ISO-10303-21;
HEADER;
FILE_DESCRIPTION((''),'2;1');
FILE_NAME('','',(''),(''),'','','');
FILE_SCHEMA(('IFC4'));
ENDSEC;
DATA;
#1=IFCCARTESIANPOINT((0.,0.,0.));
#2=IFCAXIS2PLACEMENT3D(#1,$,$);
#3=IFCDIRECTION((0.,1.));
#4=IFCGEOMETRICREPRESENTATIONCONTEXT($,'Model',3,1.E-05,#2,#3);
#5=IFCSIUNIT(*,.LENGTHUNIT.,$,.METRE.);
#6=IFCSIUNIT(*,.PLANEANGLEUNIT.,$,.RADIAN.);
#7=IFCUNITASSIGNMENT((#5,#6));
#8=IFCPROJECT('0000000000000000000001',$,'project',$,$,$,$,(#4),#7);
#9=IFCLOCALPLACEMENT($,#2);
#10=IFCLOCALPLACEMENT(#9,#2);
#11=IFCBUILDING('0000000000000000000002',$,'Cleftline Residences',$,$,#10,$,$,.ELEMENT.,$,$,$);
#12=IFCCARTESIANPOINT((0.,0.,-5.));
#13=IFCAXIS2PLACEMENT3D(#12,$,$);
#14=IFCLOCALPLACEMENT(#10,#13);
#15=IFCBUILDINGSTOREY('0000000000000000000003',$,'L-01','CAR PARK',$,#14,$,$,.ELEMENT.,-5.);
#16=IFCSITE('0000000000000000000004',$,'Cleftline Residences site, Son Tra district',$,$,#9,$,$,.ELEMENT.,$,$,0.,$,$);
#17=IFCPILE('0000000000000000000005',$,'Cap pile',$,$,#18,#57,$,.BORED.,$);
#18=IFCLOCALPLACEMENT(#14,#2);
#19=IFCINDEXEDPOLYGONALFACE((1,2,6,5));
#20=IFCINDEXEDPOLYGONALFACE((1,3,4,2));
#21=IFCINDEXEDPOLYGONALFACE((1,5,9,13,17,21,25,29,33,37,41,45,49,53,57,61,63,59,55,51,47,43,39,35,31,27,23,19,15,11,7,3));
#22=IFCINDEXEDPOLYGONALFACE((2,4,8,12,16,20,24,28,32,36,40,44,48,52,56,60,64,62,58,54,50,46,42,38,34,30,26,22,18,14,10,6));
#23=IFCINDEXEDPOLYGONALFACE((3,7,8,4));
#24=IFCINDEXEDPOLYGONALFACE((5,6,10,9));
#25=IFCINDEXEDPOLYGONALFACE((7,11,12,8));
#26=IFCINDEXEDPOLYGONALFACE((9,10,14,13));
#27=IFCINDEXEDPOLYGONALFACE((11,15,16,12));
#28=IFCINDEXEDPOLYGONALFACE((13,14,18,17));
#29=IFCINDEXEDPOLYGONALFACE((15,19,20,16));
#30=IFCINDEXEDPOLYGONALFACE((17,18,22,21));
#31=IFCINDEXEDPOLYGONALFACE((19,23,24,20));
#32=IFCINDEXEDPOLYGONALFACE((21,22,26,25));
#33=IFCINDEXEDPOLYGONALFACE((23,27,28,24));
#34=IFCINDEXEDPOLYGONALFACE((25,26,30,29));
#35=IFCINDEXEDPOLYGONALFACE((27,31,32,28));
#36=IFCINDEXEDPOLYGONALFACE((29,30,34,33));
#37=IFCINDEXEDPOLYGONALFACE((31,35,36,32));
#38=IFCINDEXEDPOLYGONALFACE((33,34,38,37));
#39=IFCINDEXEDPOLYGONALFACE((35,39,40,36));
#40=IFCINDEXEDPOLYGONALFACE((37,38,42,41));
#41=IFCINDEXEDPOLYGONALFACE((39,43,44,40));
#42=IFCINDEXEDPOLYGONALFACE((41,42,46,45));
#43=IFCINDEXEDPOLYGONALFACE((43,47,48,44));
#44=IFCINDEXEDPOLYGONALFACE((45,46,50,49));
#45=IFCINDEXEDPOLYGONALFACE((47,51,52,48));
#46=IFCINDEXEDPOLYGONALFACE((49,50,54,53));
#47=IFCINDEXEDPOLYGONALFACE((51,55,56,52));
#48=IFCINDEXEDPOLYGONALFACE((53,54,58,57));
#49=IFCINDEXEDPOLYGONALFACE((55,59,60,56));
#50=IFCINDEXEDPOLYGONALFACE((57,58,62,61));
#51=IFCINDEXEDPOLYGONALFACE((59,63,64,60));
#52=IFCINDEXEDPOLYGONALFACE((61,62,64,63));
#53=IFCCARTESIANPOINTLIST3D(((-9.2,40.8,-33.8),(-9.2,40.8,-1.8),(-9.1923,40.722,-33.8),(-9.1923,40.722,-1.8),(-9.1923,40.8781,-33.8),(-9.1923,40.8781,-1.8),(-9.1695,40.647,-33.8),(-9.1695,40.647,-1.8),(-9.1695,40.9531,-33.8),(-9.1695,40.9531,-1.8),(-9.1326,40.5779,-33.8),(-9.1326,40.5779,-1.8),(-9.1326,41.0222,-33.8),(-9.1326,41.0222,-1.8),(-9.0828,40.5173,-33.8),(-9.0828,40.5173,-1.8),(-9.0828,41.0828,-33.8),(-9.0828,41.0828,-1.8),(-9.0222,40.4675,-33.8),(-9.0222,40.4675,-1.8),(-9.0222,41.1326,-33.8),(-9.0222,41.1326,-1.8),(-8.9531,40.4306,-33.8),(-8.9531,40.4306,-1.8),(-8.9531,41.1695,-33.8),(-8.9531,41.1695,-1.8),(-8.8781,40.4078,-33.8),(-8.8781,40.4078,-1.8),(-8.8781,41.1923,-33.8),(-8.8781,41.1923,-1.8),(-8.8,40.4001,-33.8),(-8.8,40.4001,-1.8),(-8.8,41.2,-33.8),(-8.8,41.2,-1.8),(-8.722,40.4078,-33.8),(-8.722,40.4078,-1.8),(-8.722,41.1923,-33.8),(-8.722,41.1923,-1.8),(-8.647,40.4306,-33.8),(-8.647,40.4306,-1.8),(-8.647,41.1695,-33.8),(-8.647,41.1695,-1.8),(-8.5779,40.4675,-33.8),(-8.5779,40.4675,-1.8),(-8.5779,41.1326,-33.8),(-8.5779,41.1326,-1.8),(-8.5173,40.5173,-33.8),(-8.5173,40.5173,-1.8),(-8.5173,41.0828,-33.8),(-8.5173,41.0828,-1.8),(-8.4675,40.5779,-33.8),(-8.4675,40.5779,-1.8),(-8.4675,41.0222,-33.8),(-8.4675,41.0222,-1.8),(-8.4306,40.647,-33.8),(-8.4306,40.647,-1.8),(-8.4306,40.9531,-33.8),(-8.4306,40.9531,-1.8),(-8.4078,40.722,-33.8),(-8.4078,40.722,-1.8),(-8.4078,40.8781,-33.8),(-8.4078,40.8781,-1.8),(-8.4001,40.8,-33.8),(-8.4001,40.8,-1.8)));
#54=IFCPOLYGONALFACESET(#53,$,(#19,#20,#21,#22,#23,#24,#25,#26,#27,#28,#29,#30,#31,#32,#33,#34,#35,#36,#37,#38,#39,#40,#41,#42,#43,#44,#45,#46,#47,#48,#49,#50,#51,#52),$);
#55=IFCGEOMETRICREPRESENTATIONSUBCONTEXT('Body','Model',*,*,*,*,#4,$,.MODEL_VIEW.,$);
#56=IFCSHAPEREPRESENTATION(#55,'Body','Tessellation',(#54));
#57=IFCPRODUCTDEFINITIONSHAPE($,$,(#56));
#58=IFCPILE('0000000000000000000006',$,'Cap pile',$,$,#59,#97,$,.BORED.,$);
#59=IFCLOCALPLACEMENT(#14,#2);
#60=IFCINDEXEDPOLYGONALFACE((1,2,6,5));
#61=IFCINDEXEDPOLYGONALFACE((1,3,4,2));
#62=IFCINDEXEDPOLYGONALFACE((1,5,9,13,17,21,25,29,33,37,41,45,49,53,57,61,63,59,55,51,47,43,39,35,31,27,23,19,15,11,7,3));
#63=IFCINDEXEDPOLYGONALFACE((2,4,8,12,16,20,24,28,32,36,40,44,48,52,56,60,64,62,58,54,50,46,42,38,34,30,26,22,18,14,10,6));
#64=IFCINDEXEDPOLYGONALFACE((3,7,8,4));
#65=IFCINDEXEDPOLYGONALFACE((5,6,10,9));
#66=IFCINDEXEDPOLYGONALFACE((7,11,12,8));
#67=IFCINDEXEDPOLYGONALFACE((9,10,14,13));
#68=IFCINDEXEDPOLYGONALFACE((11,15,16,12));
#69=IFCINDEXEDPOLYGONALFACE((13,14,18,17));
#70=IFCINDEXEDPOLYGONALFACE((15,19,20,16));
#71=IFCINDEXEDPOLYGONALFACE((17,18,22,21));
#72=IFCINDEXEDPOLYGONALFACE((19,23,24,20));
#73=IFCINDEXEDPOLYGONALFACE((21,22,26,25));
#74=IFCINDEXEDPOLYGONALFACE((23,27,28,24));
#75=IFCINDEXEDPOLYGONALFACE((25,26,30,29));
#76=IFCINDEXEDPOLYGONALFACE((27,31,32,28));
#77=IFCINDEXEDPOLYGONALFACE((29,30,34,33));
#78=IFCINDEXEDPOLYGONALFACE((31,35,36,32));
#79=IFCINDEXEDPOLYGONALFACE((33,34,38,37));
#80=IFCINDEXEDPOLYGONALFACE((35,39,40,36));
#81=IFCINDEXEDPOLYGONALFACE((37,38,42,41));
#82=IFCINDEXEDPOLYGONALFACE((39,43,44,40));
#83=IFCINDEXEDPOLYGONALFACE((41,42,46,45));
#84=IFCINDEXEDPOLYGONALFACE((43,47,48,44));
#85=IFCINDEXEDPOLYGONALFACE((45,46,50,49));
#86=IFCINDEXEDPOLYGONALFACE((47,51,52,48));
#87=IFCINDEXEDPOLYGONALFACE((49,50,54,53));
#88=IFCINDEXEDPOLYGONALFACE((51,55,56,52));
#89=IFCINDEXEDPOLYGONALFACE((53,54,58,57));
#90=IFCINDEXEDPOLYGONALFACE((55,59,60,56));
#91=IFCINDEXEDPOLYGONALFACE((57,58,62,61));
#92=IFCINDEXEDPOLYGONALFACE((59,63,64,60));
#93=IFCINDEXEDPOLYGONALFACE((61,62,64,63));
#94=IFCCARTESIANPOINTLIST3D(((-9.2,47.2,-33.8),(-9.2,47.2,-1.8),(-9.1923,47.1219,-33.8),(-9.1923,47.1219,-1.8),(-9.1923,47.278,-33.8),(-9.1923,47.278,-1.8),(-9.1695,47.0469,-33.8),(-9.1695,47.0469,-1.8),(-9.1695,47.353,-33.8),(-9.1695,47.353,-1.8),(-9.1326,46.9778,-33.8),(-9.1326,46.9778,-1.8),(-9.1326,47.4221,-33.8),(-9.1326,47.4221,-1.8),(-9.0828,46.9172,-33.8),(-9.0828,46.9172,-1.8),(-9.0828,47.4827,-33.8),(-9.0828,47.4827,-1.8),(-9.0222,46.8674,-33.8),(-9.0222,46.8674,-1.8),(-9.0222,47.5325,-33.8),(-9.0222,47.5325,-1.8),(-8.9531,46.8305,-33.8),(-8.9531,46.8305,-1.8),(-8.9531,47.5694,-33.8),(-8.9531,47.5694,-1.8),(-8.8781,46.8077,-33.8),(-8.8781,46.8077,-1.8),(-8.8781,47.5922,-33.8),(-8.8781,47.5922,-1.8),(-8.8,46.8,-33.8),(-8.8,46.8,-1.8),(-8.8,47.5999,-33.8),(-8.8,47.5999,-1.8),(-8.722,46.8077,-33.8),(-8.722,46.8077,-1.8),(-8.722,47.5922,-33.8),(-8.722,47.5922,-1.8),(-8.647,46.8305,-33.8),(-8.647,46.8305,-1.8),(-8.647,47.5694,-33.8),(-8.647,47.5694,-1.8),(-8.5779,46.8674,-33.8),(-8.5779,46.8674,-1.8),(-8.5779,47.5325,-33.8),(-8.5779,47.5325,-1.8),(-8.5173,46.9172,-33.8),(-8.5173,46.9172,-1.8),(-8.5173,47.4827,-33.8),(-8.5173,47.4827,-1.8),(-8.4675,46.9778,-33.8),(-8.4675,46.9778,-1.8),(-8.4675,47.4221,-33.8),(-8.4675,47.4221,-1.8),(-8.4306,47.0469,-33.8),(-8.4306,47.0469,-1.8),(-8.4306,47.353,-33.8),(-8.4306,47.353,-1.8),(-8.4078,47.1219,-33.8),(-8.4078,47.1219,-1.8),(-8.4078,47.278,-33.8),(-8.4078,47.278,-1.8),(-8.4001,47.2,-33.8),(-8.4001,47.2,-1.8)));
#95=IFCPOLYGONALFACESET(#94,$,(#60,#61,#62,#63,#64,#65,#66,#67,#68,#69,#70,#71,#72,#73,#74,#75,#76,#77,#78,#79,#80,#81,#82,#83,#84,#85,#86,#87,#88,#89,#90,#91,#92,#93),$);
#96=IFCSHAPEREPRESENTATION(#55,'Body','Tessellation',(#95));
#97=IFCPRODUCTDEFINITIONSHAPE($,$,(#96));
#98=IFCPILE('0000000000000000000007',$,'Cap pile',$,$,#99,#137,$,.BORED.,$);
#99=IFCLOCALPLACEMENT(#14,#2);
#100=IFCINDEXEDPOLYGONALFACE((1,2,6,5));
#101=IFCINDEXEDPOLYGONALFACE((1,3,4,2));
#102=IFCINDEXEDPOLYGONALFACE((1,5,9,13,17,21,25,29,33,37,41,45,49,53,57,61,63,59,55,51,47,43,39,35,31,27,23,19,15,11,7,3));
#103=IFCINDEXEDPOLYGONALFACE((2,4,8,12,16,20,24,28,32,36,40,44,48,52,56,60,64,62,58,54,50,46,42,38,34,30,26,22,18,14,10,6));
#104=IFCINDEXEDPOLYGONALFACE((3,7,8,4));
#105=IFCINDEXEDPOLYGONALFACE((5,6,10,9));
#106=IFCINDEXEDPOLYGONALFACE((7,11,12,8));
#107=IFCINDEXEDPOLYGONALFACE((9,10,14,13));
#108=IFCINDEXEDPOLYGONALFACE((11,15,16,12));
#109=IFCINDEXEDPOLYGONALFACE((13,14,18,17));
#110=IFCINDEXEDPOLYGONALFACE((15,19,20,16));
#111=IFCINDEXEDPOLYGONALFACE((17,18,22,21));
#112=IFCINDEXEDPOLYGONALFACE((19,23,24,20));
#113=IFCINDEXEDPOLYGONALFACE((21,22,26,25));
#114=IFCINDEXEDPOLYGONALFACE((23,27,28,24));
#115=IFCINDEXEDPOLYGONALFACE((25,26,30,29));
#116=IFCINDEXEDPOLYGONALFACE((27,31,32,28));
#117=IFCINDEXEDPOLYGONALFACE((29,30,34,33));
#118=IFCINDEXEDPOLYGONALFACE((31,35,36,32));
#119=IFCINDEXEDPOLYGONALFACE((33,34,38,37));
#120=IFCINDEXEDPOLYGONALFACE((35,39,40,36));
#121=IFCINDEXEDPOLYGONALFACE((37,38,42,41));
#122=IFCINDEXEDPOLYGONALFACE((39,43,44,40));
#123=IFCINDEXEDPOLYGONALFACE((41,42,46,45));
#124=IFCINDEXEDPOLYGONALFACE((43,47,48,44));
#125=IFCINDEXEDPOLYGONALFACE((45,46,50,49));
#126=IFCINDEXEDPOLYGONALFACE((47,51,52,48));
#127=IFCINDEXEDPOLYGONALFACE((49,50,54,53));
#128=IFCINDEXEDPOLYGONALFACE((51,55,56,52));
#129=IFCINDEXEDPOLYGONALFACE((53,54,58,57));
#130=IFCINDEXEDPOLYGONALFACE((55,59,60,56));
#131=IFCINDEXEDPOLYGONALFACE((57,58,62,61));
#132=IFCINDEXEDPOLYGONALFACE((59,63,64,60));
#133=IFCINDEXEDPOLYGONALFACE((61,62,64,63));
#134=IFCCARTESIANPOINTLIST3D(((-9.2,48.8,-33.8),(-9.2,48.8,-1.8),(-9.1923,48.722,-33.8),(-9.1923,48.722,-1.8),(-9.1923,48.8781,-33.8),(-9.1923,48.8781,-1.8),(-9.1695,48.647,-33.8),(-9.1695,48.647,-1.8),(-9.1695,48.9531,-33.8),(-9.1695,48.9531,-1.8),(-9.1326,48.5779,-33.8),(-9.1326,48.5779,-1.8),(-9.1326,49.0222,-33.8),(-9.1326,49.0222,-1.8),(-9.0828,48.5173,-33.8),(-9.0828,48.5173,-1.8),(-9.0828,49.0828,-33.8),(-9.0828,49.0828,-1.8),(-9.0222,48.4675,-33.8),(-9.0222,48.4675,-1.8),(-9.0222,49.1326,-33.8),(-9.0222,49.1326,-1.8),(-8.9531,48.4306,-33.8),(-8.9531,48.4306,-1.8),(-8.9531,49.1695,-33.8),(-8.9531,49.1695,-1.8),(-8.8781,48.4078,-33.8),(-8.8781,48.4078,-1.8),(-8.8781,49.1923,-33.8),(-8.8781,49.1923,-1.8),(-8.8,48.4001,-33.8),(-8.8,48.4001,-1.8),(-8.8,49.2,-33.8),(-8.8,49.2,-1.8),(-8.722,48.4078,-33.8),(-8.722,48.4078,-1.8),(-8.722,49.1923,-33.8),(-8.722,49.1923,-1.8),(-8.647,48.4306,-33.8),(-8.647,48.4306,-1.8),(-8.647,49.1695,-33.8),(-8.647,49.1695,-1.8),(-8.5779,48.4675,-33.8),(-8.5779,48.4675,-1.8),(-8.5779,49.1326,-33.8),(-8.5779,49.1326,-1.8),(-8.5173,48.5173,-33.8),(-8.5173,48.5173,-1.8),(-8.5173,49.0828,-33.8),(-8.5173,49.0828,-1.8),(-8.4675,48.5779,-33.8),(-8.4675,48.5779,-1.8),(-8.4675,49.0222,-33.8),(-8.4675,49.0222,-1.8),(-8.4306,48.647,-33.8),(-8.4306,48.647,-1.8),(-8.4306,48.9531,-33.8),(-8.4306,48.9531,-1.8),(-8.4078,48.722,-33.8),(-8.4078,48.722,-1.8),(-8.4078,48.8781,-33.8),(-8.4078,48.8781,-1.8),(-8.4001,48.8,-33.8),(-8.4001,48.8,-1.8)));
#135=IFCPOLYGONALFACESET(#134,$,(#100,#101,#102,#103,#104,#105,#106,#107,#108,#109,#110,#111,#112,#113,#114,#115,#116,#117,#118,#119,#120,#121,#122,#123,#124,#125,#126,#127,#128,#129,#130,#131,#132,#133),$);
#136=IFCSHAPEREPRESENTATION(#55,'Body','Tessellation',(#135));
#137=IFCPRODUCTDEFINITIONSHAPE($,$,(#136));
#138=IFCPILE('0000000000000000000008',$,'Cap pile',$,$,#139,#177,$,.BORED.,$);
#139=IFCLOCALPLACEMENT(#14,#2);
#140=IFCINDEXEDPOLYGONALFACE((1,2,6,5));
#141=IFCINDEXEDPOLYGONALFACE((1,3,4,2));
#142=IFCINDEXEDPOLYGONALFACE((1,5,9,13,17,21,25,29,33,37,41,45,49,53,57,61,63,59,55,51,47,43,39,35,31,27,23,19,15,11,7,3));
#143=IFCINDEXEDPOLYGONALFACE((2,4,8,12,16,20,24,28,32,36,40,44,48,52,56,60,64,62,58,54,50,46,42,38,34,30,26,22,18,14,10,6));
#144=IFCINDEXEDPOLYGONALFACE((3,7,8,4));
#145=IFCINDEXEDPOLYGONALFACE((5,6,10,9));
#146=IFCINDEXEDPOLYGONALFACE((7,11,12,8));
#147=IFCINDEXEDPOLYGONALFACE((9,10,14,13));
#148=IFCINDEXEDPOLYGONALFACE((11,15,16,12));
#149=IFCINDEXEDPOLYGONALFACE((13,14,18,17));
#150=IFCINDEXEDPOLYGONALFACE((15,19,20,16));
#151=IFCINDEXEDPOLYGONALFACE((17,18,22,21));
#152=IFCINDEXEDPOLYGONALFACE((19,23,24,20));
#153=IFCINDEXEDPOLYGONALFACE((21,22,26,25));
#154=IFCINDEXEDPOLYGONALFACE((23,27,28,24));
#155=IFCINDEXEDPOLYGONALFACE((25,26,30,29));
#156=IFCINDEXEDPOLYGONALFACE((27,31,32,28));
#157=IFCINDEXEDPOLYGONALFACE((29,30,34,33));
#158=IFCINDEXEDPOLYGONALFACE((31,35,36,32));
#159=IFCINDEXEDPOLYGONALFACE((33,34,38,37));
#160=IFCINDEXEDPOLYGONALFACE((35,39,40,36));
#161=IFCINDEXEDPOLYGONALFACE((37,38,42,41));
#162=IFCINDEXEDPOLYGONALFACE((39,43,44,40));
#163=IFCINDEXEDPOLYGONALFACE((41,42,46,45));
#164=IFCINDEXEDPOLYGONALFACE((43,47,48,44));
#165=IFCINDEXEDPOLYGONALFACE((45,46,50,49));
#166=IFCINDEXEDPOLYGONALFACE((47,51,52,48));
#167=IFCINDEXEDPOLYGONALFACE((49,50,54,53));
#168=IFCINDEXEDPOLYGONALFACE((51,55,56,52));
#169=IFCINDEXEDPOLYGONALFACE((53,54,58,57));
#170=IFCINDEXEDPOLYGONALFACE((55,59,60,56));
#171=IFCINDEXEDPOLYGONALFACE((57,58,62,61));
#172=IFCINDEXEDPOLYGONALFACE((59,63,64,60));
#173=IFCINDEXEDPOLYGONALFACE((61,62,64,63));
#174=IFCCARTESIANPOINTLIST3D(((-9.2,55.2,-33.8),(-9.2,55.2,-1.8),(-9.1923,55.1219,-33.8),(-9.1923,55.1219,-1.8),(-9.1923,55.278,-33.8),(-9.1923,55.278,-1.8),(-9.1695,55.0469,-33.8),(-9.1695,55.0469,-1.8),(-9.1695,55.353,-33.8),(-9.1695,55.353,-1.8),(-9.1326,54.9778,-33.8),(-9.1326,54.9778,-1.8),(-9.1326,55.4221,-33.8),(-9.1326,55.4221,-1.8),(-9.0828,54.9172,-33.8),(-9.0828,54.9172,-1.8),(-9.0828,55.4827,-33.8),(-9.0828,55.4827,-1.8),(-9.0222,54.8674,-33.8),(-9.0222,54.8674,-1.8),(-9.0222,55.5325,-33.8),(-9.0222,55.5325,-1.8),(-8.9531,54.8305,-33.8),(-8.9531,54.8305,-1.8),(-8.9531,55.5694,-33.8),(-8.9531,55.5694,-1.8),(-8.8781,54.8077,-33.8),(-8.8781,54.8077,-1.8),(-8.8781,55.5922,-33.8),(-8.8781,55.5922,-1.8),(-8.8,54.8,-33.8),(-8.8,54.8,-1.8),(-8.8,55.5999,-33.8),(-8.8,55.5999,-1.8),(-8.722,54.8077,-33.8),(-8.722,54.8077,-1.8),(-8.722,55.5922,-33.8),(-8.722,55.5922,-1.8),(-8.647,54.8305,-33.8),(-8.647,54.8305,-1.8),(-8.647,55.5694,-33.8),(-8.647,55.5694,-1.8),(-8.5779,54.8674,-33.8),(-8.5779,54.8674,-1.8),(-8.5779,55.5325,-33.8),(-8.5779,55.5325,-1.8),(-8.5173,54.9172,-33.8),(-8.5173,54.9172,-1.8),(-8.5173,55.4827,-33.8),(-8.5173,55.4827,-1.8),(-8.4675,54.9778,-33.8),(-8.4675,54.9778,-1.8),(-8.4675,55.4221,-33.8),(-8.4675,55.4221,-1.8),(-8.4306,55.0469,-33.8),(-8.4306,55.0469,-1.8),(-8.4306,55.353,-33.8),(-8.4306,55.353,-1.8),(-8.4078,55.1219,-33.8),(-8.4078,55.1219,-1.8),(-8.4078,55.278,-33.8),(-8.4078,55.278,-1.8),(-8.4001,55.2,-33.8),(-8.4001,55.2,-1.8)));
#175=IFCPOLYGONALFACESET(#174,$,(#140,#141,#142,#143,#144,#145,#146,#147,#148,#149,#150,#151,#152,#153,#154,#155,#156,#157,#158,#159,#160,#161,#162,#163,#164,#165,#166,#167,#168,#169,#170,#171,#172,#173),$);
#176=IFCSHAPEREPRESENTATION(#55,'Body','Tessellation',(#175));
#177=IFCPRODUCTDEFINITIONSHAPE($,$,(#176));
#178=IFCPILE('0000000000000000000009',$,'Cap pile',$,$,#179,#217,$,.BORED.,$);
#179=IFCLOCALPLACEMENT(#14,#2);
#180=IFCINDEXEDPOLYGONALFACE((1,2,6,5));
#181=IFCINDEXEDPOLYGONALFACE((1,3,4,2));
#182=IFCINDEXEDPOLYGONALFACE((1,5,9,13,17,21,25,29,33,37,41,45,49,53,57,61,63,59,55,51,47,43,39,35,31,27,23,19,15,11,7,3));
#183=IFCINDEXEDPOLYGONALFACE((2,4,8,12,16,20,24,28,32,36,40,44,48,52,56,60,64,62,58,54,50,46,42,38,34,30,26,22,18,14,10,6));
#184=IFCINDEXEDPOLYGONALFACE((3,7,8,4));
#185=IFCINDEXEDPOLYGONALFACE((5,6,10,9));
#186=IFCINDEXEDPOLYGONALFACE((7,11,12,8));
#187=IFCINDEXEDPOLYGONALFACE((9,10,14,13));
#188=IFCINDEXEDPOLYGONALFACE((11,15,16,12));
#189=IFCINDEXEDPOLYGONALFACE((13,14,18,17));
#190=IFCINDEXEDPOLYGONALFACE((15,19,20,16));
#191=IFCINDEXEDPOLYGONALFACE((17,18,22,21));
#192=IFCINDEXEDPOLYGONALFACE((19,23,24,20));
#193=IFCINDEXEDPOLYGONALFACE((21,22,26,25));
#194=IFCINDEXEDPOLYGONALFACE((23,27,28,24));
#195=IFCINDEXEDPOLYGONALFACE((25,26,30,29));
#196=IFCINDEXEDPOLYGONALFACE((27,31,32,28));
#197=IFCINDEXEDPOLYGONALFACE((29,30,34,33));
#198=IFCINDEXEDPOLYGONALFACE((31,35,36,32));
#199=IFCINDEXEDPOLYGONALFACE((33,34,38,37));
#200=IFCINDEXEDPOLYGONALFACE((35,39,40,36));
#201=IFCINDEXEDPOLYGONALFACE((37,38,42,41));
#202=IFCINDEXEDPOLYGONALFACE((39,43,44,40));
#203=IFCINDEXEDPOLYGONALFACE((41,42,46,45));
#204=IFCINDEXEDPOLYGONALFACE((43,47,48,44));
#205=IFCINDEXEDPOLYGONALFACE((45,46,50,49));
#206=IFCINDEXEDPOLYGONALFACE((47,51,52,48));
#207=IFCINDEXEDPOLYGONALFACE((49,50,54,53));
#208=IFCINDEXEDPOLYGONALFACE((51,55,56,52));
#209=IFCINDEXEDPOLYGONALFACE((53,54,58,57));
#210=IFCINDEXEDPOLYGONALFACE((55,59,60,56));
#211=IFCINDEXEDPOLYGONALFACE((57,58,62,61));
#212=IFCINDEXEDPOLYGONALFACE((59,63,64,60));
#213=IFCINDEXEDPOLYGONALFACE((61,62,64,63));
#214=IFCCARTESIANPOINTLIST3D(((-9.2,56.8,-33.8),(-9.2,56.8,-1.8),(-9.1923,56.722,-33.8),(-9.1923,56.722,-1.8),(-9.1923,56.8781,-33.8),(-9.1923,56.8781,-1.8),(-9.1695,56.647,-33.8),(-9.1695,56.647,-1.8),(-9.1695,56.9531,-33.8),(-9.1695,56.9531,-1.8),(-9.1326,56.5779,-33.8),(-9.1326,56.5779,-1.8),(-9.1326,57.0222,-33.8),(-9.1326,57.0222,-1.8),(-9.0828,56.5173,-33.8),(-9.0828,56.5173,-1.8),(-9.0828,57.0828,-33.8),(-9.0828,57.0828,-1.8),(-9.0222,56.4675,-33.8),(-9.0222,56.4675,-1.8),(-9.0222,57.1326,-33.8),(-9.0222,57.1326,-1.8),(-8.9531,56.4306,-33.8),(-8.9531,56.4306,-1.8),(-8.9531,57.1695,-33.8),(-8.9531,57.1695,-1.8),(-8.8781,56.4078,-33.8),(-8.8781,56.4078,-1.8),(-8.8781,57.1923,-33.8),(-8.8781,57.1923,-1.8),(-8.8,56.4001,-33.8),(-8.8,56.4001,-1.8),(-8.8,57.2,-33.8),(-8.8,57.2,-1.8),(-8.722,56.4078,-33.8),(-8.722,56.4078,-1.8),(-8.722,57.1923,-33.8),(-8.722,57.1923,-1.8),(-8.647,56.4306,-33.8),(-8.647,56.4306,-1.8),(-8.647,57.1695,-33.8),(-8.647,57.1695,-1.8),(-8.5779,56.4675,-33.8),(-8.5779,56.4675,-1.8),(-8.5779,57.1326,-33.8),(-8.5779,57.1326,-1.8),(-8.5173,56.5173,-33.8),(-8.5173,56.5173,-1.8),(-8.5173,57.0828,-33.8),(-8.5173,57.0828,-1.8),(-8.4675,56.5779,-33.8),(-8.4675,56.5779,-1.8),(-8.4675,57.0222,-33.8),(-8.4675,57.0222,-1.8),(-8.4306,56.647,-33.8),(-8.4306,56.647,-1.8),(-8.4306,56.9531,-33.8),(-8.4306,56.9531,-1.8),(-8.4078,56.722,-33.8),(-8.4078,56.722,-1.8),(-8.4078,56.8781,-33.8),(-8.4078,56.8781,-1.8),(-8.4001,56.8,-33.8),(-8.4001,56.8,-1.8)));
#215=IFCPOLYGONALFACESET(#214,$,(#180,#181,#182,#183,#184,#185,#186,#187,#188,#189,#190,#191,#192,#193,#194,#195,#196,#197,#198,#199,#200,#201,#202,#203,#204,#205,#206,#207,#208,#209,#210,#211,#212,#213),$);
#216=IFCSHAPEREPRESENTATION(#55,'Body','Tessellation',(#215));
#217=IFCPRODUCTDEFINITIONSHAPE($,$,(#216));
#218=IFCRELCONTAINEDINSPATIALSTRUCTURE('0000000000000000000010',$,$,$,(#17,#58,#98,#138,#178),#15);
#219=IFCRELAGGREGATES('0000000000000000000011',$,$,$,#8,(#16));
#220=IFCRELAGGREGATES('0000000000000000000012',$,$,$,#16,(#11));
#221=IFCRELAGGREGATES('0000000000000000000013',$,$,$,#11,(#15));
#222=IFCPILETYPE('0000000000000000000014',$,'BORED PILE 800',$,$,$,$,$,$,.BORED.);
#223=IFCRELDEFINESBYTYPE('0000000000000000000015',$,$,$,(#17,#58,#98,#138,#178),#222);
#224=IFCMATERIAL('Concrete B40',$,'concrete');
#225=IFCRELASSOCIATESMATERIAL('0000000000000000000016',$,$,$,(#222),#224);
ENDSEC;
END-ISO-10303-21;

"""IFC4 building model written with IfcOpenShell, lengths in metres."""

from ifc_helpers import new_model, si_unit, direction, frame, origin, origin_2d, place, context, subcontext, project, spatial, circle, extrude, material, material_profile, profile_set, type_object, element, save


model = new_model("IFC4")

# Units and contexts
model_context = context("Model", 3, precision=1e-05, world=origin(), true_north=direction((0.0, 1.0)))
body_context = subcontext(model_context, "Body", "Model", "MODEL_VIEW")
ifc_project = project(units=[si_unit("LENGTHUNIT", "METRE"), si_unit("PLANEANGLEUNIT", "RADIAN")], contexts=[model_context])

# Site, building, storey
site_placement = place(None, origin())
site = spatial("IfcSite", under=ifc_project, at=site_placement, Name="Cleftline Residences site, Son Tra district", CompositionType="ELEMENT", RefElevation=0.0)
building_placement = place(site_placement, origin())
building = spatial("IfcBuilding", under=site, at=building_placement, Name="Cleftline Residences", CompositionType="ELEMENT")
storey_placement = place(building_placement, frame((0.0, 0.0, -5.0)))
storey = spatial("IfcBuildingStorey", under=building, at=storey_placement, Name="L-01", Description="CAR PARK", CompositionType="ELEMENT", Elevation=-5.0)

# Piles
ifc_material_1 = material(Name="Concrete B40", Category="concrete")
ifc_material_profile_1 = material_profile(ifc_material_1, circle(Radius=0.3999, at=origin_2d()))
ifc_profile_set_1 = profile_set([ifc_material_profile_1], Name="Concrete B40")
pile_type = type_object("IfcPileType", Name="BORED PILE 800", PredefinedType="BORED", material=ifc_profile_set_1)
for number, where, z_axis, x_axis, name in (
    (1, (-8.8, 40.8, -1.8), (0.0, 0.0, -1.0), (1.0, 0.0, 0.0), "Cap pile"),
    (2, (-8.8, 47.2, -1.8), (0.0, 0.0, -1.0), (1.0, 0.0, 0.0), "Cap pile"),
    (3, (-8.8, 48.8, -1.8), (0.0, 0.0, -1.0), (1.0, 0.0, 0.0), "Cap pile"),
    (4, (-8.8, 55.2, -1.8), (0.0, 0.0, -1.0), (1.0, 0.0, 0.0), "Cap pile"),
    (5, (-8.8, 56.8, -1.8), (0.0, 0.0, -1.0), (1.0, 0.0, 0.0), "Cap pile"),
):
    element("IfcPile", number, at=place(storey_placement, frame(where, z_axis=z_axis, x_axis=x_axis)), inside=storey, type_object=pile_type, Name=name, PredefinedType="BORED", context=body_context, shape_type="SweptSolid", body=[
        extrude(circle(Radius=0.3999, at=origin_2d()), origin(), (0.0, 0.0, 1.0), 32.0),
    ])

save(model, "model.ifc")
